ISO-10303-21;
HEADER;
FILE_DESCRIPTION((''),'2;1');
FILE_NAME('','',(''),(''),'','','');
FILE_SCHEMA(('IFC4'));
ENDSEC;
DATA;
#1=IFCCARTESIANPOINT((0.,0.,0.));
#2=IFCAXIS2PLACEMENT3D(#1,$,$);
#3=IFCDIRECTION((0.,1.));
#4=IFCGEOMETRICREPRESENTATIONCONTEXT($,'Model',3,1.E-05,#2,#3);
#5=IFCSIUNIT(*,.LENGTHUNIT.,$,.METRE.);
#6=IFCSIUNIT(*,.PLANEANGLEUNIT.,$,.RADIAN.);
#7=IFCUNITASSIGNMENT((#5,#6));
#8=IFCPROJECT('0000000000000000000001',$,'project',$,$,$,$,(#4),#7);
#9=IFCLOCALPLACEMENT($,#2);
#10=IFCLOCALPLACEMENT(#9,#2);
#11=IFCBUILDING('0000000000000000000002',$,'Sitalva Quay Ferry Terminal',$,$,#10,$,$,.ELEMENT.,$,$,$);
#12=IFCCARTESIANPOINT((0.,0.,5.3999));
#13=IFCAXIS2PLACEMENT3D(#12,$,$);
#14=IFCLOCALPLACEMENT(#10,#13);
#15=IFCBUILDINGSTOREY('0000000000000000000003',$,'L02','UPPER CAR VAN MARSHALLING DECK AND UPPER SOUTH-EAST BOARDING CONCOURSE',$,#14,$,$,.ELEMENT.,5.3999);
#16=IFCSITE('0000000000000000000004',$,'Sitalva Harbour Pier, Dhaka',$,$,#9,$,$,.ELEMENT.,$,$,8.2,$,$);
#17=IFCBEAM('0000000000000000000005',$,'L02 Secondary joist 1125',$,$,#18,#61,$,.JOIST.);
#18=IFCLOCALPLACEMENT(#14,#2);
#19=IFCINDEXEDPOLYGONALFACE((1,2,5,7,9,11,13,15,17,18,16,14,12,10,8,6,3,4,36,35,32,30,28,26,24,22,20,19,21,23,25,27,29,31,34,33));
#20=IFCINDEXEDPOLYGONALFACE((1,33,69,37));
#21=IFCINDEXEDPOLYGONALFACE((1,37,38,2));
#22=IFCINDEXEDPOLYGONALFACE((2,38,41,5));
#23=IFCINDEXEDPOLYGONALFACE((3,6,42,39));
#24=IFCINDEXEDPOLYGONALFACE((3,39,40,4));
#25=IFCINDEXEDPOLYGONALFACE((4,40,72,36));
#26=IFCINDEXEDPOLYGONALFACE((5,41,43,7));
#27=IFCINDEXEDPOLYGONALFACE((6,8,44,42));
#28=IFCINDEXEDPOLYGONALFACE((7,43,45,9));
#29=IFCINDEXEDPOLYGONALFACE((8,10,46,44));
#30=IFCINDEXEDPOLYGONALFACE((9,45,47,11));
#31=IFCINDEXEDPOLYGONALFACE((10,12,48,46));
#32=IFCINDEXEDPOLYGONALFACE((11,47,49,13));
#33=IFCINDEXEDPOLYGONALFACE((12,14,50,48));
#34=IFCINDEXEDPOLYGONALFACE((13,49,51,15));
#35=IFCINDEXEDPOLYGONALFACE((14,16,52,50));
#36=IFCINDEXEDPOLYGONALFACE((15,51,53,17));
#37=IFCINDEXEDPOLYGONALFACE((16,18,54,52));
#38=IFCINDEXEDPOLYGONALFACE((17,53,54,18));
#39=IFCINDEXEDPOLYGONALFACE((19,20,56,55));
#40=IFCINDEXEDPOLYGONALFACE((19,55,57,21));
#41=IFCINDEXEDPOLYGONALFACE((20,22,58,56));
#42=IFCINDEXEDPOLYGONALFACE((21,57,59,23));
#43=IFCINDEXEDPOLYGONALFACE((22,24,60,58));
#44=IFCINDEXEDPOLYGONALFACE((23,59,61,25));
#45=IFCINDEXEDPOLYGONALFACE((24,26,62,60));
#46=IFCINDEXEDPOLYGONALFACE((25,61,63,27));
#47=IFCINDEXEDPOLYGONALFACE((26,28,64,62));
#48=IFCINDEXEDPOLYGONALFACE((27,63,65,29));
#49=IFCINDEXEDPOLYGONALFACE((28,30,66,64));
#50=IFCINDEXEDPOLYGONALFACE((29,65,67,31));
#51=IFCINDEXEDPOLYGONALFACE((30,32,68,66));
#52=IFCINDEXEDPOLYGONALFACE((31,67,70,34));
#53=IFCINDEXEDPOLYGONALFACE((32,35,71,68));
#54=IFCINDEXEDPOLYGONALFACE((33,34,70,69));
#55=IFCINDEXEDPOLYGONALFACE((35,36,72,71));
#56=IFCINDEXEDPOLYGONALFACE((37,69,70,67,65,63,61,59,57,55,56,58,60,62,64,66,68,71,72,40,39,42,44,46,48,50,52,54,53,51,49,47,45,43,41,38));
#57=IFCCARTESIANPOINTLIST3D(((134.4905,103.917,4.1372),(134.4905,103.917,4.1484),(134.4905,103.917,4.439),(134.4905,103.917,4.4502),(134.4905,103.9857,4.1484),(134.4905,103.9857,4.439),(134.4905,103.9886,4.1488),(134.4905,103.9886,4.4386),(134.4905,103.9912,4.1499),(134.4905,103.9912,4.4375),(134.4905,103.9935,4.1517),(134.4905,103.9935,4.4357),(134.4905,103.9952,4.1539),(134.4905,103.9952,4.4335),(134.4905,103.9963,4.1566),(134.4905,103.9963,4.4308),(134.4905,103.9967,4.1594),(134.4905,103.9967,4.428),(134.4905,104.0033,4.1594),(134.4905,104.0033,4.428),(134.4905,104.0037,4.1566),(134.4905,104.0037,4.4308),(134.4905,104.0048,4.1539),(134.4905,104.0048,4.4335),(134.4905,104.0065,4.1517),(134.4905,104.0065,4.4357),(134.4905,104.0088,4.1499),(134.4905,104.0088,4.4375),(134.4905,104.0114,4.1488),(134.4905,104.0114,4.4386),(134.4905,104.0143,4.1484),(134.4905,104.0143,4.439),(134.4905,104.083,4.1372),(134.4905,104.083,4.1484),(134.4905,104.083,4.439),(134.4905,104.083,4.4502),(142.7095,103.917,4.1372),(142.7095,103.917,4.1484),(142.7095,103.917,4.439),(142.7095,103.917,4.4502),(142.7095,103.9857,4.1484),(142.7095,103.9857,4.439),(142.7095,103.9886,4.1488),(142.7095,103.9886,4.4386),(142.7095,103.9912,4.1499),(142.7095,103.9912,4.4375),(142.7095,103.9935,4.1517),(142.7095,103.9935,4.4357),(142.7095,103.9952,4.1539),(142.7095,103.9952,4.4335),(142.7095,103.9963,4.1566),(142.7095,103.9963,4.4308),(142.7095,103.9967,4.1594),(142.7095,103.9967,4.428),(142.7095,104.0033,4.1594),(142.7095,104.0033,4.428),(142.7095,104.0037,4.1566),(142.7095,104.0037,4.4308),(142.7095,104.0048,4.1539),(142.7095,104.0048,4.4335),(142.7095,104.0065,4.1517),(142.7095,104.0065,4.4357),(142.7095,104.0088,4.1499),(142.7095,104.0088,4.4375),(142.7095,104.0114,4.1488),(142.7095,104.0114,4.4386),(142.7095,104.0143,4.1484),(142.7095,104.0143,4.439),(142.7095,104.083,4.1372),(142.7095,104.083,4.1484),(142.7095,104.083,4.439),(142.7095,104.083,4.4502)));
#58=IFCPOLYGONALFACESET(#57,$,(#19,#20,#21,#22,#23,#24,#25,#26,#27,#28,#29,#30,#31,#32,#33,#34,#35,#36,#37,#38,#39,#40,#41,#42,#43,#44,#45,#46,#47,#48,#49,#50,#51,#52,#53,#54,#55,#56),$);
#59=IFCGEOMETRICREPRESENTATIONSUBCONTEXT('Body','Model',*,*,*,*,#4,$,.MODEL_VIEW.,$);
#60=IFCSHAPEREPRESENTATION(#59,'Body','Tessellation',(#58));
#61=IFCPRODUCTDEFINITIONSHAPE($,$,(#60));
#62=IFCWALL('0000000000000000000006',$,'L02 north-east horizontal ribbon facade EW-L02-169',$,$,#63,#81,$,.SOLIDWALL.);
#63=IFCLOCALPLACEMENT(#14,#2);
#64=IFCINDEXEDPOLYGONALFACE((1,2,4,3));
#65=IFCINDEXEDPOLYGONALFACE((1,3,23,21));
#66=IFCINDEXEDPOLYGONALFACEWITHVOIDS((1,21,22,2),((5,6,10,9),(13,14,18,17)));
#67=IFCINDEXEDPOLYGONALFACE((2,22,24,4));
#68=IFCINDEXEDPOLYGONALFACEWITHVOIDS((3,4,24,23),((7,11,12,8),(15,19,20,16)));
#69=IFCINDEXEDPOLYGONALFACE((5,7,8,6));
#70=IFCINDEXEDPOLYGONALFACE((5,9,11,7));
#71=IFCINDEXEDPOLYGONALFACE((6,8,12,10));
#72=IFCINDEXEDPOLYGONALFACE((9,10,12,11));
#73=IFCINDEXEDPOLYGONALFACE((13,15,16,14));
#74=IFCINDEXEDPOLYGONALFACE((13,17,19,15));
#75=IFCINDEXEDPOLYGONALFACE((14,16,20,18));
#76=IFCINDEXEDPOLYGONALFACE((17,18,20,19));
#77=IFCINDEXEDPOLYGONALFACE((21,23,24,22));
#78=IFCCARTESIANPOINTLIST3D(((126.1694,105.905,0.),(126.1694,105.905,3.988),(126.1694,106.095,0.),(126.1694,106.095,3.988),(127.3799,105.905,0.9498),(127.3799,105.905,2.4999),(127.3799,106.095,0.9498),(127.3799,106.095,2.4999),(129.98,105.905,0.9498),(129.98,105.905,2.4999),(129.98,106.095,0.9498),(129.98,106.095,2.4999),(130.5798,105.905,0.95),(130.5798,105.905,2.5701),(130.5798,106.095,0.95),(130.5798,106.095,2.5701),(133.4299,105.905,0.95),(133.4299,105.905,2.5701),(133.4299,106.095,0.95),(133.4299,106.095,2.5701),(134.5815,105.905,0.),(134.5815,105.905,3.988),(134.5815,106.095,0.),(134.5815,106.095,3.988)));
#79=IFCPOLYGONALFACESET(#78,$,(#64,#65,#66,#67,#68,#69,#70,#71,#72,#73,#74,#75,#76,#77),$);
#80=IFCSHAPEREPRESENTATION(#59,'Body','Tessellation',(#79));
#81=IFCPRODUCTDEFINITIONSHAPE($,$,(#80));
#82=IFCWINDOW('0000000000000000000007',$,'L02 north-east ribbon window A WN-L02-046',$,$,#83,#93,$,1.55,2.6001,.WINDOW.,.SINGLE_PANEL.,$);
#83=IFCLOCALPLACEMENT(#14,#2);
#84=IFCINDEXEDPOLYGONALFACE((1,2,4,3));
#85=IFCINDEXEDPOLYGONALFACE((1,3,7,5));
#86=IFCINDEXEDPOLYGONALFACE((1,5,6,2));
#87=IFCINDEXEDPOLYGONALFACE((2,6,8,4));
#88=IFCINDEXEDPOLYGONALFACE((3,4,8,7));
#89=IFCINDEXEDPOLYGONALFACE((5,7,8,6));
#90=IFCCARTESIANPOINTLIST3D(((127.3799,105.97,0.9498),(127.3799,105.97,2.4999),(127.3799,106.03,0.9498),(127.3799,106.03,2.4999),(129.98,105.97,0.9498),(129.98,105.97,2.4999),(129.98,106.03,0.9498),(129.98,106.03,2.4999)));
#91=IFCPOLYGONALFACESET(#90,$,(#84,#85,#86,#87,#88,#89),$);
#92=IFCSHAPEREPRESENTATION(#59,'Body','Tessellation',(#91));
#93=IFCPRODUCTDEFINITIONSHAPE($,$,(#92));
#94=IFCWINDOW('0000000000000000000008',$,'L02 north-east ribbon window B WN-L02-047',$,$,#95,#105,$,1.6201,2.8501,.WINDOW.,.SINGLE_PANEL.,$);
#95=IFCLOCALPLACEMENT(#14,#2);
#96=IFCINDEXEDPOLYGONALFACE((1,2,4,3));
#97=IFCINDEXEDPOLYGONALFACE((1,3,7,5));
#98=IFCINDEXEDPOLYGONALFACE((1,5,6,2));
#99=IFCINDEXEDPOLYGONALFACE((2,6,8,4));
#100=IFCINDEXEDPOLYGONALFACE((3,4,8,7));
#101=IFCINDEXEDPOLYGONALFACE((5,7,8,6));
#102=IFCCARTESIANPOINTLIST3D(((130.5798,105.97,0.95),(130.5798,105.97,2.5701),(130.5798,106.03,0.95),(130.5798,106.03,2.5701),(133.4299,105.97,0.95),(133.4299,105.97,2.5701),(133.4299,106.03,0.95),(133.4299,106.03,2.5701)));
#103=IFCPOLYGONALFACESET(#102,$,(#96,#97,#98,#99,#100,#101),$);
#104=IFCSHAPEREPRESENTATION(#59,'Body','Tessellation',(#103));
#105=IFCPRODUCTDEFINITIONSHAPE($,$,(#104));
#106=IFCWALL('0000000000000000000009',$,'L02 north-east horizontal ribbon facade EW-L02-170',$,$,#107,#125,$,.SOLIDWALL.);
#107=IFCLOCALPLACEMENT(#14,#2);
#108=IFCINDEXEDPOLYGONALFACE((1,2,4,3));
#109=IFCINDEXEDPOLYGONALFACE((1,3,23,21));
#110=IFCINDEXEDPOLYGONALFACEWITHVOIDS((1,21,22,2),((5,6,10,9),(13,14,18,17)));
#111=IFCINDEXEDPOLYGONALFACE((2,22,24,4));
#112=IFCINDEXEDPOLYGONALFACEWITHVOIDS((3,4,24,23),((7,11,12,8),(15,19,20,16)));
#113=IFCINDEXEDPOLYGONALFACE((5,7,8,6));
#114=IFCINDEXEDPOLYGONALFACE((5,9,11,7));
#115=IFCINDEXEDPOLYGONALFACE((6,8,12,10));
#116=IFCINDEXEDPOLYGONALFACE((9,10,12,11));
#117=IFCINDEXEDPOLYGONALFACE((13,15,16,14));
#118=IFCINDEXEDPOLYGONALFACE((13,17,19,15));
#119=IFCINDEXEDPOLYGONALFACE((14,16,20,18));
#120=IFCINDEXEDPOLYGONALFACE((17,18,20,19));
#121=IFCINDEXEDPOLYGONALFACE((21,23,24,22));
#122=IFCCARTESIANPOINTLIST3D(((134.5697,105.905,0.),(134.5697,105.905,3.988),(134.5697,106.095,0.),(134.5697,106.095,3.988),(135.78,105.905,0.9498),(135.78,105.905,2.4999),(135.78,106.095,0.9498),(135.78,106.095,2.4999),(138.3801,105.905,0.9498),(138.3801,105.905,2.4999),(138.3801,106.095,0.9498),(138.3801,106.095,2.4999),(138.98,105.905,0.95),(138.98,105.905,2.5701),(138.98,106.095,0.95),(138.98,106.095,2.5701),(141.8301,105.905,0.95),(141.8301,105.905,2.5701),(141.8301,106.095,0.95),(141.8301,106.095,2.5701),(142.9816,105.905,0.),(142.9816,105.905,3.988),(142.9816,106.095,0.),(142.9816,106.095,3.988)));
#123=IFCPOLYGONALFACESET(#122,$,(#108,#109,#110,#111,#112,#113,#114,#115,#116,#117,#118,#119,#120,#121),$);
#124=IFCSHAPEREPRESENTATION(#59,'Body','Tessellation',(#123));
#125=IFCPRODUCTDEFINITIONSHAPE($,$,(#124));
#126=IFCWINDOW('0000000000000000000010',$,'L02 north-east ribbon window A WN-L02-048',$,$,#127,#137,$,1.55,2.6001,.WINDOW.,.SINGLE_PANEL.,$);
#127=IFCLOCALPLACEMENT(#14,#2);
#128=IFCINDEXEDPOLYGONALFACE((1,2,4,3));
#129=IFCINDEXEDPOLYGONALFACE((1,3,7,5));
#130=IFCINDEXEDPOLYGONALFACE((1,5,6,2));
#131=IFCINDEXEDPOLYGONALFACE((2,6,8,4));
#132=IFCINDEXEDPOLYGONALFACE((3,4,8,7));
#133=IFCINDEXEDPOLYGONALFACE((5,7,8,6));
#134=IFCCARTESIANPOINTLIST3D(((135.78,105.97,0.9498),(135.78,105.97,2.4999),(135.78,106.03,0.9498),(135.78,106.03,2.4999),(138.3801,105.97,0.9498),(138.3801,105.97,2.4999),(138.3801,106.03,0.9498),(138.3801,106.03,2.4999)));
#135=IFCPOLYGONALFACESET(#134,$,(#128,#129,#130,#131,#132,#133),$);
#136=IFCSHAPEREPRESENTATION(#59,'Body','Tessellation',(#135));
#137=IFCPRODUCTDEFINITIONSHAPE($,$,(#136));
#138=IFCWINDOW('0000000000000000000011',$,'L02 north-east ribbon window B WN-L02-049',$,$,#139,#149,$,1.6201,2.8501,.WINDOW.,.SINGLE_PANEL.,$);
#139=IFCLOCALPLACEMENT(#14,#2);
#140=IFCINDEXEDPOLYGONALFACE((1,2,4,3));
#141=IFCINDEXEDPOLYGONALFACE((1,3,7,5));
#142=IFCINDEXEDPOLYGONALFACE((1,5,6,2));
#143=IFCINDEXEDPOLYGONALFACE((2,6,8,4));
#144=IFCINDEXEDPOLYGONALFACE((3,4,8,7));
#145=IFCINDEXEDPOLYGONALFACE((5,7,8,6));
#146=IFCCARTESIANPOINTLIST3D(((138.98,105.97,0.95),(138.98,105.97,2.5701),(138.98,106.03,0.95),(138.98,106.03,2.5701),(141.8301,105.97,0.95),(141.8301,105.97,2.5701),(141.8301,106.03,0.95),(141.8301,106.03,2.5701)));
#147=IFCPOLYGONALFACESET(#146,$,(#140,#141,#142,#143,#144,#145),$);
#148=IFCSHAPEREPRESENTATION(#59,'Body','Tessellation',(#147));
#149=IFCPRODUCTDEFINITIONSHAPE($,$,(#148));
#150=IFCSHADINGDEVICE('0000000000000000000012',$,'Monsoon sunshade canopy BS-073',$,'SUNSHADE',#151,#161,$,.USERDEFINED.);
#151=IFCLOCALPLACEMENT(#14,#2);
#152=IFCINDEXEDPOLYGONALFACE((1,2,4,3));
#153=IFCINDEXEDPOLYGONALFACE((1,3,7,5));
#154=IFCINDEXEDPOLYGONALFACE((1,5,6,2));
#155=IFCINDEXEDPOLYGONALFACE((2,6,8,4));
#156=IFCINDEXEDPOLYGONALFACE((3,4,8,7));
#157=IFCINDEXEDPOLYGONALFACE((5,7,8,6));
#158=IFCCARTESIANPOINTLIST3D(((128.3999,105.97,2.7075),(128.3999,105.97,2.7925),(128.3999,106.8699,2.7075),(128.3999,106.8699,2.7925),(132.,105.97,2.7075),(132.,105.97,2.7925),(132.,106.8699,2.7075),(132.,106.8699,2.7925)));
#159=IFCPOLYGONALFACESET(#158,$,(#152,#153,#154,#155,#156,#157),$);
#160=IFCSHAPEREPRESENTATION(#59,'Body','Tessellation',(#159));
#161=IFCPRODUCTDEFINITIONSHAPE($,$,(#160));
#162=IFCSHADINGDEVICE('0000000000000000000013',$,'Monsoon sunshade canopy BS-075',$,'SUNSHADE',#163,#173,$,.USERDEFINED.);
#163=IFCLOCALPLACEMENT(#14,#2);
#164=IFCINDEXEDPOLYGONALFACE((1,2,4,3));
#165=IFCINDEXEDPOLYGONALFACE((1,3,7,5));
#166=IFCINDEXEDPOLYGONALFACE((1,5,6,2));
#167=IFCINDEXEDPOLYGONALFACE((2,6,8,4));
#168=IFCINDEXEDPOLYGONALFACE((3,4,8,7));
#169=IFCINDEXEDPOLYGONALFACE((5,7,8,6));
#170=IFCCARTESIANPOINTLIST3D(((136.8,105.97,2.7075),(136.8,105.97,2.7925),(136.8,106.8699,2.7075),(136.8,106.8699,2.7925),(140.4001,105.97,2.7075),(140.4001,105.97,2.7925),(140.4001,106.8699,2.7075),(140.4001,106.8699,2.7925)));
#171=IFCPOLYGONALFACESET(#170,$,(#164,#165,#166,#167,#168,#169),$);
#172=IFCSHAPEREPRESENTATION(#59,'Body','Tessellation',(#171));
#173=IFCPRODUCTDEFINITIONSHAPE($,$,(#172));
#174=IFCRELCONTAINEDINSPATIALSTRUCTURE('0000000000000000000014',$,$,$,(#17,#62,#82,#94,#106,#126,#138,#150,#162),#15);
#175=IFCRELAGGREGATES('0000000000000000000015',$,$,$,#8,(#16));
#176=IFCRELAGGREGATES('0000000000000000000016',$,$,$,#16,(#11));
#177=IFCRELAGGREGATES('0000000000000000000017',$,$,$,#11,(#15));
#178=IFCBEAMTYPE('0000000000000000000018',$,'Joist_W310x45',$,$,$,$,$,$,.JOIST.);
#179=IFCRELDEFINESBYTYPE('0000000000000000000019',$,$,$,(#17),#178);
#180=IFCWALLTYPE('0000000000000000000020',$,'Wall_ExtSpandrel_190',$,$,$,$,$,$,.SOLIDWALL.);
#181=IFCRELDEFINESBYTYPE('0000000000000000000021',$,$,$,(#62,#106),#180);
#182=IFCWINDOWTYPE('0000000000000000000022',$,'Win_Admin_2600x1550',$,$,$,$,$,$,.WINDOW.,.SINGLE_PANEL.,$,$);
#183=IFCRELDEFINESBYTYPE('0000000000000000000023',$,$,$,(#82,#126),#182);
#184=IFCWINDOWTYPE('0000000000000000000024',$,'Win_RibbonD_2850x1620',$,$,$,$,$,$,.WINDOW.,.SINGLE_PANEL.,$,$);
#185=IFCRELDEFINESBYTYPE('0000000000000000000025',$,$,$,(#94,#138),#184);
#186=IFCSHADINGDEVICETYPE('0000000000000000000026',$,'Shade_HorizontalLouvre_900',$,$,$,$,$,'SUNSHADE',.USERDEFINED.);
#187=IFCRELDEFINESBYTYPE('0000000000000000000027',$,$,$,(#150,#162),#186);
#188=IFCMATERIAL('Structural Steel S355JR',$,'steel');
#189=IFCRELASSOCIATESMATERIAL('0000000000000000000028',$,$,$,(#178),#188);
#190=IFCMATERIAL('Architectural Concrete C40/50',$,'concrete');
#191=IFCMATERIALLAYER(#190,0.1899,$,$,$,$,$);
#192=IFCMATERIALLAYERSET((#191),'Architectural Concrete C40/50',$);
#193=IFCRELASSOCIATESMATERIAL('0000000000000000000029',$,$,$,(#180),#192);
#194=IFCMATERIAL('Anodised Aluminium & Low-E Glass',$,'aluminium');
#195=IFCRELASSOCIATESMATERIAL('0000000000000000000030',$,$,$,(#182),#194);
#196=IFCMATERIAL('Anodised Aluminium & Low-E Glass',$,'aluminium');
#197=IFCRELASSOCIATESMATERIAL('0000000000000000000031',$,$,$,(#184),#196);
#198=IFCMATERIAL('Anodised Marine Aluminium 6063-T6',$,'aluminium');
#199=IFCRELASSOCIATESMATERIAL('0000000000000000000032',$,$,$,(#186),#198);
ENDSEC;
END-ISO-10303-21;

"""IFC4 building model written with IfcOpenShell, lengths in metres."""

from ifc_helpers import new_model, si_unit, direction, frame, frame_2d, origin, origin_2d, place, context, subcontext, project, spatial, rectangle, i_section, extrude, material, layer, layer_set, material_profile, profile_set, type_object, element, fill, save


model = new_model("IFC4")

# Units and contexts
model_context = context("Model", 3, precision=1e-05, world=origin(), true_north=direction((0.0, 1.0)))
body_context = subcontext(model_context, "Body", "Model", "MODEL_VIEW")
ifc_project = project(units=[si_unit("LENGTHUNIT", "METRE"), si_unit("PLANEANGLEUNIT", "RADIAN")], contexts=[model_context])

# Site, building, storey
site_placement = place(None, origin())
site = spatial("IfcSite", under=ifc_project, at=site_placement, Name="Sitalva Harbour Pier, Dhaka", CompositionType="ELEMENT", RefElevation=8.2)
building_placement = place(site_placement, origin())
building = spatial("IfcBuilding", under=site, at=building_placement, Name="Sitalva Quay Ferry Terminal", CompositionType="ELEMENT")
storey_placement = place(building_placement, frame((0.0, 0.0, 5.3999)))
storey = spatial("IfcBuildingStorey", under=building, at=storey_placement, Name="L02", Description="UPPER CAR VAN MARSHALLING DECK AND UPPER SOUTH-EAST BOARDING CONCOURSE", CompositionType="ELEMENT", Elevation=5.3999)

# Beam
ifc_material_1 = material(Name="Structural Steel S355JR", Category="steel")
ifc_material_profile_1 = material_profile(ifc_material_1, i_section(OverallWidth=0.166, OverallDepth=0.313, WebThickness=0.0066, FlangeThickness=0.0112, FilletRadius=0.011, at=origin_2d()), Name="W310x45")
ifc_profile_set_1 = profile_set([ifc_material_profile_1], Name="Structural Steel S355JR")
beam_type_1 = type_object("IfcBeamType", Name="Joist_W310x45", PredefinedType="JOIST", material=ifc_profile_set_1)
for number, where, z_axis, x_axis, name in (
    (1, (134.4905, 104.0, 4.2937), (1.0, 0.0, 0.0), (0.0, 1.0, 0.0), "L02 Secondary joist 1125"),
):
    element("IfcBeam", number, at=place(storey_placement, frame(where, z_axis=z_axis, x_axis=x_axis)), inside=storey, type_object=beam_type_1, Name=name, PredefinedType="JOIST", context=body_context, shape_type="SweptSolid", body=[
        extrude(i_section(OverallWidth=0.166, OverallDepth=0.313, WebThickness=0.0066, FlangeThickness=0.0112, FilletRadius=0.011, at=origin_2d()), origin(), (0.0, 0.0, 1.0), 8.219),
    ])

# Walls, openings, windows
ifc_material_2 = material(Name="Architectural Concrete C40/50", Category="concrete")
ifc_layer = layer(ifc_material_2, 0.1899)
ifc_layer_set = layer_set([ifc_layer], Name="Architectural Concrete C40/50")
wall_type = type_object("IfcWallType", Name="Wall_ExtSpandrel_190", PredefinedType="SOLIDWALL", material=ifc_layer_set)
wall_1_placement = place(storey_placement, frame((126.1694, 106.0, 0.0), z_axis=(0.0, 0.0, 1.0), x_axis=(1.0, 0.0, 0.0)))
wall_1 = element("IfcWall", 2, at=wall_1_placement, inside=storey, type_object=wall_type, Name="L02 north-east horizontal ribbon facade EW-L02-169", PredefinedType="SOLIDWALL", context=body_context, shape_type="SweptSolid", body=[
    extrude(rectangle(XDim=8.4121, YDim=0.1899, at=frame_2d((4.2061, 0.0))), origin(), (0.0, 0.0, 1.0), 3.988),
])
opening_1_placement = place(wall_1_placement, frame((1.2104, 0.0, 0.95)))
opening_1 = element("IfcOpeningElement", 3, at=opening_1_placement, cuts=wall_1, PredefinedType="OPENING", context=body_context, shape_type="SweptSolid", body=[
    extrude(rectangle(XDim=2.6001, YDim=1.55, at=frame_2d((1.3, 0.7749))), frame((0.0, 0.105, 0.0), z_axis=(0.0, -1.0, 0.0), x_axis=(1.0, 0.0, 0.0)), (0.0, 0.0, 1.0), 0.21),
])
opening_2_placement = place(wall_1_placement, frame((4.4104, 0.0, 0.95)))
opening_2 = element("IfcOpeningElement", 4, at=opening_2_placement, cuts=wall_1, PredefinedType="OPENING", context=body_context, shape_type="SweptSolid", body=[
    extrude(rectangle(XDim=2.8501, YDim=1.6201, at=frame_2d((1.425, 0.8101))), frame((0.0, 0.105, 0.0), z_axis=(0.0, -1.0, 0.0), x_axis=(1.0, 0.0, 0.0)), (0.0, 0.0, 1.0), 0.21),
])
ifc_material_3 = material(Name="Anodised Aluminium & Low-E Glass", Category="aluminium")
window_type_1 = type_object("IfcWindowType", Name="Win_Admin_2600x1550", PartitioningType="SINGLE_PANEL", PredefinedType="WINDOW", material=ifc_material_3)
window_1_placement = place(opening_1_placement, origin())
window_1 = element("IfcWindow", 5, at=window_1_placement, inside=storey, type_object=window_type_1, Name="L02 north-east ribbon window A WN-L02-046", OverallHeight=1.55, OverallWidth=2.6001, PartitioningType="SINGLE_PANEL", PredefinedType="WINDOW", context=body_context, shape_type="SweptSolid", body=[
    extrude(rectangle(XDim=2.6001, YDim=1.55, at=frame_2d((1.3, 0.7749))), frame((0.0, 0.03, 0.0), z_axis=(0.0, -1.0, 0.0), x_axis=(1.0, 0.0, 0.0)), (0.0, 0.0, 1.0), 0.0601),
])
fill(opening_1, window_1)
ifc_material_4 = material(Name="Anodised Aluminium & Low-E Glass", Category="aluminium")
window_type_2 = type_object("IfcWindowType", Name="Win_RibbonD_2850x1620", PartitioningType="SINGLE_PANEL", PredefinedType="WINDOW", material=ifc_material_4)
window_2_placement = place(opening_2_placement, origin())
window_2 = element("IfcWindow", 6, at=window_2_placement, inside=storey, type_object=window_type_2, Name="L02 north-east ribbon window B WN-L02-047", OverallHeight=1.6201, OverallWidth=2.8501, PartitioningType="SINGLE_PANEL", PredefinedType="WINDOW", context=body_context, shape_type="SweptSolid", body=[
    extrude(rectangle(XDim=2.8501, YDim=1.6201, at=frame_2d((1.425, 0.8101))), frame((0.0, 0.03, 0.0), z_axis=(0.0, -1.0, 0.0), x_axis=(1.0, 0.0, 0.0)), (0.0, 0.0, 1.0), 0.0601),
])
fill(opening_2, window_2)
wall_2_placement = place(storey_placement, frame((134.5696, 106.0, 0.0), z_axis=(0.0, 0.0, 1.0), x_axis=(1.0, 0.0, 0.0)))
wall_2 = element("IfcWall", 7, at=wall_2_placement, inside=storey, type_object=wall_type, Name="L02 north-east horizontal ribbon facade EW-L02-170", PredefinedType="SOLIDWALL", context=body_context, shape_type="SweptSolid", body=[
    extrude(rectangle(XDim=8.4119, YDim=0.1899, at=frame_2d((4.2061, 0.0))), origin(), (0.0, 0.0, 1.0), 3.988),
])
opening_3_placement = place(wall_2_placement, frame((1.2104, 0.0, 0.95)))
opening_3 = element("IfcOpeningElement", 8, at=opening_3_placement, cuts=wall_2, PredefinedType="OPENING", context=body_context, shape_type="SweptSolid", body=[
    extrude(rectangle(XDim=2.6001, YDim=1.55, at=frame_2d((1.3, 0.7749))), frame((0.0, 0.105, 0.0), z_axis=(0.0, -1.0, 0.0), x_axis=(1.0, 0.0, 0.0)), (0.0, 0.0, 1.0), 0.21),
])
opening_4_placement = place(wall_2_placement, frame((4.4104, 0.0, 0.95)))
opening_4 = element("IfcOpeningElement", 9, at=opening_4_placement, cuts=wall_2, PredefinedType="OPENING", context=body_context, shape_type="SweptSolid", body=[
    extrude(rectangle(XDim=2.8501, YDim=1.6201, at=frame_2d((1.425, 0.8101))), frame((0.0, 0.105, 0.0), z_axis=(0.0, -1.0, 0.0), x_axis=(1.0, 0.0, 0.0)), (0.0, 0.0, 1.0), 0.21),
])
window_3_placement = place(opening_3_placement, origin())
window_3 = element("IfcWindow", 10, at=window_3_placement, inside=storey, type_object=window_type_1, Name="L02 north-east ribbon window A WN-L02-048", OverallHeight=1.55, OverallWidth=2.6001, PartitioningType="SINGLE_PANEL", PredefinedType="WINDOW", context=body_context, shape_type="SweptSolid", body=[
    extrude(rectangle(XDim=2.6001, YDim=1.55, at=frame_2d((1.3, 0.7749))), frame((0.0, 0.03, 0.0), z_axis=(0.0, -1.0, 0.0), x_axis=(1.0, 0.0, 0.0)), (0.0, 0.0, 1.0), 0.0601),
])
fill(opening_3, window_3)
window_4_placement = place(opening_4_placement, origin())
window_4 = element("IfcWindow", 11, at=window_4_placement, inside=storey, type_object=window_type_2, Name="L02 north-east ribbon window B WN-L02-049", OverallHeight=1.6201, OverallWidth=2.8501, PartitioningType="SINGLE_PANEL", PredefinedType="WINDOW", context=body_context, shape_type="SweptSolid", body=[
    extrude(rectangle(XDim=2.8501, YDim=1.6201, at=frame_2d((1.425, 0.8101))), frame((0.0, 0.03, 0.0), z_axis=(0.0, -1.0, 0.0), x_axis=(1.0, 0.0, 0.0)), (0.0, 0.0, 1.0), 0.0601),
])
fill(opening_4, window_4)

# Shading devices
ifc_material_5 = material(Name="Anodised Marine Aluminium 6063-T6", Category="aluminium")
shading_device_type_1 = type_object("IfcShadingDeviceType", Name="Shade_HorizontalLouvre_900", ElementType="SUNSHADE", PredefinedType="USERDEFINED", material=ifc_material_5)
for number, where, z_axis, x_axis, name in (
    (12, (130.2, 106.4199, 2.7075), (0.0, 0.0, 1.0), (1.0, 0.0, 0.0), "Monsoon sunshade canopy BS-073"),
    (13, (138.6001, 106.4199, 2.7075), (0.0, 0.0, 1.0), (1.0, 0.0, 0.0), "Monsoon sunshade canopy BS-075"),
):
    element("IfcShadingDevice", number, at=place(storey_placement, frame(where, z_axis=z_axis, x_axis=x_axis)), inside=storey, type_object=shading_device_type_1, Name=name, ObjectType="SUNSHADE", PredefinedType="USERDEFINED", context=body_context, shape_type="SweptSolid", body=[
        extrude(rectangle(XDim=3.6001, YDim=0.8999, at=origin_2d()), origin(), (0.0, 0.0, 1.0), 0.085),
    ])

save(model, "model.ifc")
